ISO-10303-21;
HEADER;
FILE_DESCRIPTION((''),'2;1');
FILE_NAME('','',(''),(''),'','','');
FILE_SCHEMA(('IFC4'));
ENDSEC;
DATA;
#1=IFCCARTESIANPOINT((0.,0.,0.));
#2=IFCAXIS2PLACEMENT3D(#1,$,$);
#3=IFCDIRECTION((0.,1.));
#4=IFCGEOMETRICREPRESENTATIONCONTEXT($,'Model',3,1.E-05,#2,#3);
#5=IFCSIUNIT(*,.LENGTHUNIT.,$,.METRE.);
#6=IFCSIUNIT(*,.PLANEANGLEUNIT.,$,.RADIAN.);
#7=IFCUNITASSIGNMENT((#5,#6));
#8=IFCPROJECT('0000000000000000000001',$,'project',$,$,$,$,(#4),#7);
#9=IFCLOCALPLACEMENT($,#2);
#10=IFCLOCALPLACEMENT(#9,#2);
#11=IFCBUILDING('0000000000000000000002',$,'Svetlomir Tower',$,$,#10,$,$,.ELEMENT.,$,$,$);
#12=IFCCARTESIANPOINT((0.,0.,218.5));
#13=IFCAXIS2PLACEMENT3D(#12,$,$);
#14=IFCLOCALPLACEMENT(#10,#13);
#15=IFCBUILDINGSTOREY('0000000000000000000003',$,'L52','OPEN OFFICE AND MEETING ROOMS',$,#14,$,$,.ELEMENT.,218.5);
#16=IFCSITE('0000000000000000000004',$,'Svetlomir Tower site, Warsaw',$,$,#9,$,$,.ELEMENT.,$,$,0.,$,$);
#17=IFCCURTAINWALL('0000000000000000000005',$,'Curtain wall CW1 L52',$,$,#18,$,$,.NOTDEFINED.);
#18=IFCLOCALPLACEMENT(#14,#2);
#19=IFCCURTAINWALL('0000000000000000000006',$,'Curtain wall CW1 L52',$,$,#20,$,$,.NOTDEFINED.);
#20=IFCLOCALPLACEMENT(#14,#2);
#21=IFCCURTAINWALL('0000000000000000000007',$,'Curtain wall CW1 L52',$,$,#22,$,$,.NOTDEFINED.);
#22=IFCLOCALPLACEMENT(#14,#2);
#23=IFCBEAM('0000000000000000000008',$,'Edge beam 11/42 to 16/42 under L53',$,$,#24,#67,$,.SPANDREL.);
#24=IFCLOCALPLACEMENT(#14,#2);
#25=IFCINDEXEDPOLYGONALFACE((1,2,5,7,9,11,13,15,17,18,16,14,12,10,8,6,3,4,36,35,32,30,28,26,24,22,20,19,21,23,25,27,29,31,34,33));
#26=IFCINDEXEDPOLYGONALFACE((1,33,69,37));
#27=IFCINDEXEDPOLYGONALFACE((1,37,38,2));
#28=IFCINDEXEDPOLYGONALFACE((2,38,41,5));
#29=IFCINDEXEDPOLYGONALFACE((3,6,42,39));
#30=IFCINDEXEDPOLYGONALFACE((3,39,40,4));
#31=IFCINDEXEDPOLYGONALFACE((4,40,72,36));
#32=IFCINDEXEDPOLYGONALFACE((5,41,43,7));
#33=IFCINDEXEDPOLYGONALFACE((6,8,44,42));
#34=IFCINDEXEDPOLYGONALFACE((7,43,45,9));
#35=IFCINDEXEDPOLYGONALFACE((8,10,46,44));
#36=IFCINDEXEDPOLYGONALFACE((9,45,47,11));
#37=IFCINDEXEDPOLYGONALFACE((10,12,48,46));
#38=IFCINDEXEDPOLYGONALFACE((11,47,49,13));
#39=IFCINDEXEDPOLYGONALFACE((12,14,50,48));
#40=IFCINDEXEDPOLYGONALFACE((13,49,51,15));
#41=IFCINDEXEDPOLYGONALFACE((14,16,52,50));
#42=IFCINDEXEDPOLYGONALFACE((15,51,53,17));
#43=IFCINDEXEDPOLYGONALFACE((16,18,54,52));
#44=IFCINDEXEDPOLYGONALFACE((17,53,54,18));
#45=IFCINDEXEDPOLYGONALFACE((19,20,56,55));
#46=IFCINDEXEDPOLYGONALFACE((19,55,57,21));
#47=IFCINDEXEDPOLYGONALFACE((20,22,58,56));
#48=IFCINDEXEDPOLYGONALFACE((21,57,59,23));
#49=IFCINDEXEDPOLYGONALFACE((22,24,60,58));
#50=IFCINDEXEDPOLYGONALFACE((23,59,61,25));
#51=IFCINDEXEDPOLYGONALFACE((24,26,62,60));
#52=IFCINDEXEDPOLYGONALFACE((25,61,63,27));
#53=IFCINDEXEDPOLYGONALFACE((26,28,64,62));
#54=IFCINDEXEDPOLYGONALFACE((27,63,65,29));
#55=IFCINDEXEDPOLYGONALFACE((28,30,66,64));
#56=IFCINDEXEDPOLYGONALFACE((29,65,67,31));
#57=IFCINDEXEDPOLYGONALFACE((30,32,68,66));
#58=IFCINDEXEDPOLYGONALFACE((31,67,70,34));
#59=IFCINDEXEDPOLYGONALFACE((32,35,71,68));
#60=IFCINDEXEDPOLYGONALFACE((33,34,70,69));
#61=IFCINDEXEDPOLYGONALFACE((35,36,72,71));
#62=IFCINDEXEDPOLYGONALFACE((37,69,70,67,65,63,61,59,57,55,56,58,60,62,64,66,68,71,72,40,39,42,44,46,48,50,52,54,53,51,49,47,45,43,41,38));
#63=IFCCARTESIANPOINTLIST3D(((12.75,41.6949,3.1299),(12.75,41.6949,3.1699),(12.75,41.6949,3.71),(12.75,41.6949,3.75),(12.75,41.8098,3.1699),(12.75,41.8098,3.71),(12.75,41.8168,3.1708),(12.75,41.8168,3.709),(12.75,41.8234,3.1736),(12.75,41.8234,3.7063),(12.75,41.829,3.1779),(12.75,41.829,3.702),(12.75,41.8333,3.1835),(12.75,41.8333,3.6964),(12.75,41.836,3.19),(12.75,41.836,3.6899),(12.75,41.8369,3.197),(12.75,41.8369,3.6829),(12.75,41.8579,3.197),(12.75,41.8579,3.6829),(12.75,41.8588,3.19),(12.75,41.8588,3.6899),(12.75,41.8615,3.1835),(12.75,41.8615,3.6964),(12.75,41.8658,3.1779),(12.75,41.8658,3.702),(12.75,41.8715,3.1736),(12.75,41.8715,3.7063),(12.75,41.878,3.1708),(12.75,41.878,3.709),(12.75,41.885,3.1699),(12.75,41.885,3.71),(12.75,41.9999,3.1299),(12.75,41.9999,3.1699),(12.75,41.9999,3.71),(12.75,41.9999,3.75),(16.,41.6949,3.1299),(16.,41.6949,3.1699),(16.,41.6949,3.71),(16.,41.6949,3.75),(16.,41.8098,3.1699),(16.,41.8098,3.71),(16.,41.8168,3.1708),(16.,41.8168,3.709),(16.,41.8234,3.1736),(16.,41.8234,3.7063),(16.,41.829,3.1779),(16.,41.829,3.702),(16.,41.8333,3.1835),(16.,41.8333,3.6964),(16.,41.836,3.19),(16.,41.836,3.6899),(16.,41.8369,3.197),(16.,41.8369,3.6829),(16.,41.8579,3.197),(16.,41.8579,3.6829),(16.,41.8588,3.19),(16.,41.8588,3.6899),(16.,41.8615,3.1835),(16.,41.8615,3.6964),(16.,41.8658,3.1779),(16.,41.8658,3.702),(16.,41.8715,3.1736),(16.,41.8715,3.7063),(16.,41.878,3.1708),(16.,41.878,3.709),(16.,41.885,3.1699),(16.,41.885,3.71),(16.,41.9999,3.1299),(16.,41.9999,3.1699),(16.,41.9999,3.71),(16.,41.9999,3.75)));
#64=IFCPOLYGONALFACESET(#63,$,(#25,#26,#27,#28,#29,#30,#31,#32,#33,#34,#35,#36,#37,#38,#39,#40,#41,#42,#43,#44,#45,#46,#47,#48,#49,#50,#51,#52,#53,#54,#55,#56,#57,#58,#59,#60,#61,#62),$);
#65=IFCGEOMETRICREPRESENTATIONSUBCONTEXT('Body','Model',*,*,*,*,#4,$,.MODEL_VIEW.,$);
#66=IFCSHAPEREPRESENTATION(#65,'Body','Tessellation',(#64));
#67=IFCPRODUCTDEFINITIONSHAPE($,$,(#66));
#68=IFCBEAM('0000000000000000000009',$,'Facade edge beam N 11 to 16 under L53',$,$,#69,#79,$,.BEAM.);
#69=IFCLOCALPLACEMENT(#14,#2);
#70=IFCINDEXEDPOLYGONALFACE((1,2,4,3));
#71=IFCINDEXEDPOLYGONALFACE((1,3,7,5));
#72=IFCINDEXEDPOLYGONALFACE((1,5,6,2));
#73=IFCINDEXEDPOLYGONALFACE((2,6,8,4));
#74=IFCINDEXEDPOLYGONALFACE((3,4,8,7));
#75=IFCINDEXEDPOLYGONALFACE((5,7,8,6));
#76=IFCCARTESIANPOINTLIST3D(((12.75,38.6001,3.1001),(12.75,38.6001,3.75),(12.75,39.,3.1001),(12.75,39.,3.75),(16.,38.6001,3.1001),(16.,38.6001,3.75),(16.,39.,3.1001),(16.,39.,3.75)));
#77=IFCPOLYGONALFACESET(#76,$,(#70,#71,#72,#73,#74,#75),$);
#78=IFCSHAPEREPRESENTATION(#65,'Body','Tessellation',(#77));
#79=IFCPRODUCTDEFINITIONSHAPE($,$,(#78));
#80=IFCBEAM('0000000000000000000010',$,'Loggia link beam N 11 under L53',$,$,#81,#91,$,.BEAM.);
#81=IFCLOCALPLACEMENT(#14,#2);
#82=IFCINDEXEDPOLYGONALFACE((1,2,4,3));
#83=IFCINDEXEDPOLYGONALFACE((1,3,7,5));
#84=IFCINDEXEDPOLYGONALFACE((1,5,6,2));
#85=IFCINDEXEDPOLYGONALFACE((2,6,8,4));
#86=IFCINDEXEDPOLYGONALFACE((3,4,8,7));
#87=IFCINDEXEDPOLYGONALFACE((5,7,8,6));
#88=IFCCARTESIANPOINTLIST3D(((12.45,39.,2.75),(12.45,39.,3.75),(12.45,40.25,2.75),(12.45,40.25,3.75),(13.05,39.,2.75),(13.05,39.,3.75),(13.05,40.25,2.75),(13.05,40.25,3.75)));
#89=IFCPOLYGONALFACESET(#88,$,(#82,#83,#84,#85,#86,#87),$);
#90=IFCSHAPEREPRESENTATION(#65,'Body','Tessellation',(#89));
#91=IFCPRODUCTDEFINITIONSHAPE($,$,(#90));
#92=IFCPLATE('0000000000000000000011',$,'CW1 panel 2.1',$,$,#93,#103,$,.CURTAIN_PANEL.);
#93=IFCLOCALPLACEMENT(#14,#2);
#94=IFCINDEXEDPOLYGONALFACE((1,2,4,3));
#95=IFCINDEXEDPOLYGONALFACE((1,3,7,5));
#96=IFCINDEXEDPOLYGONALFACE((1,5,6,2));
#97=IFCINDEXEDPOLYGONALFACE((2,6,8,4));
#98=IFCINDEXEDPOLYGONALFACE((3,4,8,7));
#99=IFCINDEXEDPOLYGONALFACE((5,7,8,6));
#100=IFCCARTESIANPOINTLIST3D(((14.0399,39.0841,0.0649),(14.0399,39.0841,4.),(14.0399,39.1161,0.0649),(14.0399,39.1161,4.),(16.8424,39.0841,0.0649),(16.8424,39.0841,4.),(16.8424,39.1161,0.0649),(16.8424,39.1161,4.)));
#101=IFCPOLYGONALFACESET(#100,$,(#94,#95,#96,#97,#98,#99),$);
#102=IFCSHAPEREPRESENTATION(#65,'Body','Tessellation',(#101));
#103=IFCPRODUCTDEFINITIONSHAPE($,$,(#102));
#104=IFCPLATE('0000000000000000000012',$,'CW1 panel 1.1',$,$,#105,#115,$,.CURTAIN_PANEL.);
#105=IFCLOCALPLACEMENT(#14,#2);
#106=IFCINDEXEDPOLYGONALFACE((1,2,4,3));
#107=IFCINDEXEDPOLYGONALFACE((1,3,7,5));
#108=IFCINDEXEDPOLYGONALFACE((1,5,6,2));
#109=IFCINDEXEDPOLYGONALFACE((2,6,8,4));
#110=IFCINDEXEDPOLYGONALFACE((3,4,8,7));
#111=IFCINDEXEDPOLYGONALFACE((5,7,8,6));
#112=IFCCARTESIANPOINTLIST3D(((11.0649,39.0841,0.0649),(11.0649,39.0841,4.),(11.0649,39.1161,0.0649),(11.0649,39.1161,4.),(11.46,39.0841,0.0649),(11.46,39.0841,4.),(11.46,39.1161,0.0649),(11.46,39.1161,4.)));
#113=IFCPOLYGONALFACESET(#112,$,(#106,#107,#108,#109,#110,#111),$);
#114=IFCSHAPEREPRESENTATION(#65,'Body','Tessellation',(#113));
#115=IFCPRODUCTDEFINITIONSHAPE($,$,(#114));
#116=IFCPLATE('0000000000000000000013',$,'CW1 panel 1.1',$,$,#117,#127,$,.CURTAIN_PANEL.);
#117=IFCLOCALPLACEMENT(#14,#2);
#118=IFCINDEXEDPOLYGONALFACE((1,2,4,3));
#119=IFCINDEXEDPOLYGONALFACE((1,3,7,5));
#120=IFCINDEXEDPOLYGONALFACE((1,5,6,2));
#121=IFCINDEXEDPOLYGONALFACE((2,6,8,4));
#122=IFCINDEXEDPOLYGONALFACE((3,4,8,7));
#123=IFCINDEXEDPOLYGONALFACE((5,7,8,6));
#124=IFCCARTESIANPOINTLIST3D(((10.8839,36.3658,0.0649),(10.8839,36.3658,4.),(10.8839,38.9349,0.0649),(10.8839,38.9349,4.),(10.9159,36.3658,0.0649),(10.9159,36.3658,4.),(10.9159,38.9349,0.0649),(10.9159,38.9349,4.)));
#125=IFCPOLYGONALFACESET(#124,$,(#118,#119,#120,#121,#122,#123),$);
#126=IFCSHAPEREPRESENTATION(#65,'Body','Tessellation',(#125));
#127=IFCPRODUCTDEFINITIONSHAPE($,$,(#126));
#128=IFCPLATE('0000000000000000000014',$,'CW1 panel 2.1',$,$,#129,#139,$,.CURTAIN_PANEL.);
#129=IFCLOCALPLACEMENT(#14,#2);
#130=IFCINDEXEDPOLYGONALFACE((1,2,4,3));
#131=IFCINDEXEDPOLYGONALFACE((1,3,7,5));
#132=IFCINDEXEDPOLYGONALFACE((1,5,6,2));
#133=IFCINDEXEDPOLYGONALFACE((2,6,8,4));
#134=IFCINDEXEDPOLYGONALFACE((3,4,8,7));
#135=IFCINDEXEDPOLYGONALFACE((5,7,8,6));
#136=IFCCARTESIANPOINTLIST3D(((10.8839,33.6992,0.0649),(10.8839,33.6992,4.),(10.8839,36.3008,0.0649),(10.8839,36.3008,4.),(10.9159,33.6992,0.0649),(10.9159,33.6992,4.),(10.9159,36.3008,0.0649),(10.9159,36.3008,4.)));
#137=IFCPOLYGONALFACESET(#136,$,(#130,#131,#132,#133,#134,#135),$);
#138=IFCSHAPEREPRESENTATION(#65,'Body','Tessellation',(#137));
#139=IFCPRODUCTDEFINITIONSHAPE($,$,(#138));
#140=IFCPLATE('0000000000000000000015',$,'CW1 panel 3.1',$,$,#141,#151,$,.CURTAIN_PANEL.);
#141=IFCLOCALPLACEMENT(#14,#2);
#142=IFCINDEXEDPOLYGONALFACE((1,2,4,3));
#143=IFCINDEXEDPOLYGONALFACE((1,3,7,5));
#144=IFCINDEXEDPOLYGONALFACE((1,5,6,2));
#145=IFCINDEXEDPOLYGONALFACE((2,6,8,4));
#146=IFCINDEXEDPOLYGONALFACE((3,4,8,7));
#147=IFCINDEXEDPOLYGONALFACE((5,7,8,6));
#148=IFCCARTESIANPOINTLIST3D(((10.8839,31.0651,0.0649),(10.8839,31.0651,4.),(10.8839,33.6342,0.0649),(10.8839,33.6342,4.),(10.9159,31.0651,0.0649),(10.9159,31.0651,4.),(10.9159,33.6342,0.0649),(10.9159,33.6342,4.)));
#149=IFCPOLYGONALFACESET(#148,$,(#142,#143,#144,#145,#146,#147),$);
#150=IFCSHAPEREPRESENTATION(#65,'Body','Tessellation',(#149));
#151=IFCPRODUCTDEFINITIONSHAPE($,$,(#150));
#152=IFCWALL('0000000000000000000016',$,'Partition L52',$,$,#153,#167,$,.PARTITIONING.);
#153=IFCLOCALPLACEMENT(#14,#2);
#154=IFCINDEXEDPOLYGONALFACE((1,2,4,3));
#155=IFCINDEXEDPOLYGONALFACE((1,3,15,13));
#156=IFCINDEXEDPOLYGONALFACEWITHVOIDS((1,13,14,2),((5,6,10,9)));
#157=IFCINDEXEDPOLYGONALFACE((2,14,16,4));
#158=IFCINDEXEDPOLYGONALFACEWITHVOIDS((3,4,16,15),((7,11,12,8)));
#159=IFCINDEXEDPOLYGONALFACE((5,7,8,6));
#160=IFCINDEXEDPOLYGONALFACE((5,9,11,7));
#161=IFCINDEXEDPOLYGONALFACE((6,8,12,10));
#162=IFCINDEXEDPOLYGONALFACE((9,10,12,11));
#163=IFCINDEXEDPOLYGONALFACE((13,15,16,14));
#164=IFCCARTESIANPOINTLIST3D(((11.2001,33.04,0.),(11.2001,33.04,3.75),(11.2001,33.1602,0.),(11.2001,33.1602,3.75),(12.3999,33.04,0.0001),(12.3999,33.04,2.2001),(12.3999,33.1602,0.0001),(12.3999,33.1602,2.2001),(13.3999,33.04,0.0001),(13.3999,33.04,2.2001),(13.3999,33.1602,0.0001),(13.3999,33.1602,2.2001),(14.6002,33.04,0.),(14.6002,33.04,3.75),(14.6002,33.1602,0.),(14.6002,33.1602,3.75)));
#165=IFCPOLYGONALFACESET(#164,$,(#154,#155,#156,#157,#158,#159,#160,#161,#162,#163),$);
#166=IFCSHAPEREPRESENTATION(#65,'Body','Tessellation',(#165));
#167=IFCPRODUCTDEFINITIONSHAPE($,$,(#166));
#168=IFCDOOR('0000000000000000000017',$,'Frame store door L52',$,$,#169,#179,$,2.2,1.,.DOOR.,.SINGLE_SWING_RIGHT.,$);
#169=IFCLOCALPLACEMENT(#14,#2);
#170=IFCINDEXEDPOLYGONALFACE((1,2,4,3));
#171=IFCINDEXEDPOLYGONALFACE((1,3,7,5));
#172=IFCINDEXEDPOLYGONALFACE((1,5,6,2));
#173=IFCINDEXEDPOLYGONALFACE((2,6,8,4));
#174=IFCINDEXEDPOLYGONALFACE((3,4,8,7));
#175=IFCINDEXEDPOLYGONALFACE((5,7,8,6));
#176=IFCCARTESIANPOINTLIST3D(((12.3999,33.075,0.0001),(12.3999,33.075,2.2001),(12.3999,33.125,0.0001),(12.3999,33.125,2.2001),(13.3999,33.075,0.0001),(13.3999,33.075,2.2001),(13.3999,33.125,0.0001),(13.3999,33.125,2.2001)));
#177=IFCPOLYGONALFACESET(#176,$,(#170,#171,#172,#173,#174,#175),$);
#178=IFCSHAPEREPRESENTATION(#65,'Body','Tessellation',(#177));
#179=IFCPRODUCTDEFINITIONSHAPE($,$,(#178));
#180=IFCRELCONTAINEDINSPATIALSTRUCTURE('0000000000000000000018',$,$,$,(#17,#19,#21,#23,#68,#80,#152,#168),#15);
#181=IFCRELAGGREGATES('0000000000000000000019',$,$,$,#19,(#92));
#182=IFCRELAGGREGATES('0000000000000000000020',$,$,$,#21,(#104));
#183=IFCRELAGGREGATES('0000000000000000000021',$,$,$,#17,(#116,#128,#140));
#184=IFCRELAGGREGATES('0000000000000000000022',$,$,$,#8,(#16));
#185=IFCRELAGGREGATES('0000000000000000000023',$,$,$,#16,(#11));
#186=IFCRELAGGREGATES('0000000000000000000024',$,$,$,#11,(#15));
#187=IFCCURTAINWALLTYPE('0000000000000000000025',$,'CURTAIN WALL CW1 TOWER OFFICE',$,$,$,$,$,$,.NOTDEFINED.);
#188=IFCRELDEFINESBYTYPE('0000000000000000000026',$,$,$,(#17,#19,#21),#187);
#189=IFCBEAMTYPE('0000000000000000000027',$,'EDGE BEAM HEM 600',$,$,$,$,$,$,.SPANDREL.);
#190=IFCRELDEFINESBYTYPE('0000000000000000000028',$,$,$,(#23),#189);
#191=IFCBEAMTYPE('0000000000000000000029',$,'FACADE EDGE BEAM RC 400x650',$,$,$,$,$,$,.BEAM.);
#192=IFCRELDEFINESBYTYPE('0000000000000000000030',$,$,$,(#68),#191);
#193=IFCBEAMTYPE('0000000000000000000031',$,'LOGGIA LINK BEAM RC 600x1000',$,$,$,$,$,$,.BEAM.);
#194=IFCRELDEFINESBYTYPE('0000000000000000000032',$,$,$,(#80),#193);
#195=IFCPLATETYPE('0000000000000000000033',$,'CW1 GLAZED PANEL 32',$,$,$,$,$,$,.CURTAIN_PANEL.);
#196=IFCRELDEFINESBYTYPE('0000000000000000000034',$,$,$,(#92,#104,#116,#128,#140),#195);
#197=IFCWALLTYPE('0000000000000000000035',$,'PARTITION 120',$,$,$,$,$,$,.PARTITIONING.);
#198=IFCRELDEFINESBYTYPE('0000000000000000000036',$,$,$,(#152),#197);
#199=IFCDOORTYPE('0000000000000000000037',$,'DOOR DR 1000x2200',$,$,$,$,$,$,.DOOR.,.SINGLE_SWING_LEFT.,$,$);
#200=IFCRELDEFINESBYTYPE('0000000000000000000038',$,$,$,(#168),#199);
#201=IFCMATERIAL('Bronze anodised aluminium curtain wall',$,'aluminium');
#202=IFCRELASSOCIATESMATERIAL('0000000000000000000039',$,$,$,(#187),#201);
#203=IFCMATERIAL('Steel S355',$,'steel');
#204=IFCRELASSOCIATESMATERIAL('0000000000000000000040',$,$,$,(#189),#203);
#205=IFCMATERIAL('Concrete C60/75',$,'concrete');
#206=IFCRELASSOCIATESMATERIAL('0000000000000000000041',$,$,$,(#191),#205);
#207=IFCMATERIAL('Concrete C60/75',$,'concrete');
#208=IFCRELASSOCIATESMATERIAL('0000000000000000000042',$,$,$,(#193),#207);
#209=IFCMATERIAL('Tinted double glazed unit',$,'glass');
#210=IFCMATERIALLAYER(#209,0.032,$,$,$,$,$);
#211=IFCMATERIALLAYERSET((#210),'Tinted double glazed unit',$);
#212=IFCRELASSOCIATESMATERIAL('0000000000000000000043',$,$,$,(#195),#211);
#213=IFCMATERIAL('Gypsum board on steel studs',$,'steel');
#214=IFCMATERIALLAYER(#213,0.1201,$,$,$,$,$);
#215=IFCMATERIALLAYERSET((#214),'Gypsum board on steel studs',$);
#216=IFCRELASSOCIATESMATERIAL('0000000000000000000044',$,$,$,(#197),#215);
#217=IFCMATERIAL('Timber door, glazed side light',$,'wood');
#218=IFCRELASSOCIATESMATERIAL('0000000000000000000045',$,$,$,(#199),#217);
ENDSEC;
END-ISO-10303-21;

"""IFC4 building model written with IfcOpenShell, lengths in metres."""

from ifc_helpers import new_model, si_unit, direction, frame, frame_2d, origin, origin_2d, place, context, subcontext, project, spatial, rectangle, i_section, extrude, material, layer, layer_set, material_profile, profile_set, type_object, element, fill, aggregate, save


model = new_model("IFC4")

# Units and contexts
model_context = context("Model", 3, precision=1e-05, world=origin(), true_north=direction((0.0, 1.0)))
body_context = subcontext(model_context, "Body", "Model", "MODEL_VIEW")
ifc_project = project(units=[si_unit("LENGTHUNIT", "METRE"), si_unit("PLANEANGLEUNIT", "RADIAN")], contexts=[model_context])

# Site, building, storey
site_placement = place(None, origin())
site = spatial("IfcSite", under=ifc_project, at=site_placement, Name="Svetlomir Tower site, Warsaw", CompositionType="ELEMENT", RefElevation=0.0)
building_placement = place(site_placement, origin())
building = spatial("IfcBuilding", under=site, at=building_placement, Name="Svetlomir Tower", CompositionType="ELEMENT")
storey_placement = place(building_placement, frame((0.0, 0.0, 218.5)))
storey = spatial("IfcBuildingStorey", under=building, at=storey_placement, Name="L52", Description="OPEN OFFICE AND MEETING ROOMS", CompositionType="ELEMENT", Elevation=218.5)

# Curtain walls
ifc_material_1 = material(Name="Bronze anodised aluminium curtain wall", Category="aluminium")
curtain_wall_type = type_object("IfcCurtainWallType", Name="CURTAIN WALL CW1 TOWER OFFICE", PredefinedType="NOTDEFINED", material=ifc_material_1)
curtain_wall_1_placement = place(storey_placement, origin())
curtain_wall_1 = element("IfcCurtainWall", 1, at=curtain_wall_1_placement, inside=storey, type_object=curtain_wall_type, Name="Curtain wall CW1 L52", PredefinedType="NOTDEFINED")
curtain_wall_2_placement = place(storey_placement, origin())
curtain_wall_2 = element("IfcCurtainWall", 2, at=curtain_wall_2_placement, inside=storey, type_object=curtain_wall_type, Name="Curtain wall CW1 L52", PredefinedType="NOTDEFINED")

# Curtain wall
curtain_wall_3_placement = place(storey_placement, origin())
curtain_wall_3 = element("IfcCurtainWall", 3, at=curtain_wall_3_placement, inside=storey, type_object=curtain_wall_type, Name="Curtain wall CW1 L52", PredefinedType="NOTDEFINED")

# Beams
ifc_material_2 = material(Name="Steel S355", Category="steel")
ifc_material_profile_1 = material_profile(ifc_material_2, i_section(OverallWidth=0.3049, OverallDepth=0.6201, WebThickness=0.021, FlangeThickness=0.04, FilletRadius=0.0271, at=origin_2d()), Name="HEM 600")
ifc_profile_set_1 = profile_set([ifc_material_profile_1], Name="Steel S355")
beam_type_1 = type_object("IfcBeamType", Name="EDGE BEAM HEM 600", PredefinedType="SPANDREL", material=ifc_profile_set_1)
beam_1_placement = place(storey_placement, frame((12.75, 41.8474, 3.4399), z_axis=(1.0, 0.0, 0.0), x_axis=(0.0, 1.0, 0.0)))
element("IfcBeam", 4, at=beam_1_placement, inside=storey, type_object=beam_type_1, Name="Edge beam 11/42 to 16/42 under L53", PredefinedType="SPANDREL", context=body_context, shape_type="SweptSolid", body=[
    extrude(i_section(OverallWidth=0.3049, OverallDepth=0.6201, WebThickness=0.021, FlangeThickness=0.04, FilletRadius=0.0271, at=origin_2d()), origin(), (0.0, 0.0, 1.0), 3.25),
])
ifc_material_3 = material(Name="Concrete C60/75", Category="concrete")
ifc_material_profile_2 = material_profile(ifc_material_3, rectangle(XDim=0.3999, YDim=0.6499, at=origin_2d()), Name="RC 400x650")
ifc_profile_set_2 = profile_set([ifc_material_profile_2], Name="Concrete C60/75")
beam_type_2 = type_object("IfcBeamType", Name="FACADE EDGE BEAM RC 400x650", PredefinedType="BEAM", material=ifc_profile_set_2)
beam_2_placement = place(storey_placement, frame((12.75, 38.8, 3.425), z_axis=(1.0, 0.0, 0.0), x_axis=(0.0, 1.0, 0.0)))
element("IfcBeam", 5, at=beam_2_placement, inside=storey, type_object=beam_type_2, Name="Facade edge beam N 11 to 16 under L53", PredefinedType="BEAM", context=body_context, shape_type="SweptSolid", body=[
    extrude(rectangle(XDim=0.3999, YDim=0.6499, at=origin_2d()), origin(), (0.0, 0.0, 1.0), 3.25),
])
ifc_material_4 = material(Name="Concrete C60/75", Category="concrete")
ifc_material_profile_3 = material_profile(ifc_material_4, rectangle(XDim=0.6001, YDim=1.0, at=origin_2d()), Name="RC 600x1000")
ifc_profile_set_3 = profile_set([ifc_material_profile_3], Name="Concrete C60/75")
beam_type_3 = type_object("IfcBeamType", Name="LOGGIA LINK BEAM RC 600x1000", PredefinedType="BEAM", material=ifc_profile_set_3)
beam_3_placement = place(storey_placement, frame((12.75, 40.25, 3.25), z_axis=(0.0, -1.0, 0.0), x_axis=(1.0, 0.0, 0.0)))
element("IfcBeam", 6, at=beam_3_placement, inside=storey, type_object=beam_type_3, Name="Loggia link beam N 11 under L53", PredefinedType="BEAM", context=body_context, shape_type="SweptSolid", body=[
    extrude(rectangle(XDim=0.6001, YDim=1.0, at=origin_2d()), origin(), (0.0, 0.0, 1.0), 1.25),
])

# Plates
ifc_material_5 = material(Name="Tinted double glazed unit", Category="glass")
ifc_layer_1 = layer(ifc_material_5, 0.032)
ifc_layer_set_1 = layer_set([ifc_layer_1], Name="Tinted double glazed unit")
plate_type = type_object("IfcPlateType", Name="CW1 GLAZED PANEL 32", PredefinedType="CURTAIN_PANEL", material=ifc_layer_set_1)
plate_1_placement = place(storey_placement, frame((15.4412, 39.1001, 0.0649), z_axis=(0.0, 0.0, 1.0), x_axis=(-1.0, 0.0, 0.0)))
plate_1 = element("IfcPlate", 7, at=plate_1_placement, type_object=plate_type, Name="CW1 panel 2.1", PredefinedType="CURTAIN_PANEL", context=body_context, shape_type="SweptSolid", body=[
    extrude(rectangle(XDim=2.8025, YDim=0.032, at=origin_2d()), origin(), (0.0, 0.0, 1.0), 3.9351),
])
aggregate(curtain_wall_2, [plate_1])
plate_2_placement = place(storey_placement, frame((11.2625, 39.1001, 0.0649), z_axis=(0.0, 0.0, 1.0), x_axis=(-1.0, 0.0, 0.0)))
plate_2 = element("IfcPlate", 8, at=plate_2_placement, type_object=plate_type, Name="CW1 panel 1.1", PredefinedType="CURTAIN_PANEL", context=body_context, shape_type="SweptSolid", body=[
    extrude(rectangle(XDim=0.395, YDim=0.032, at=origin_2d()), origin(), (0.0, 0.0, 1.0), 3.9351),
])
aggregate(curtain_wall_3, [plate_2])
plate_3_placement = place(storey_placement, frame((10.8999, 37.6504, 0.0649), z_axis=(0.0, 0.0, 1.0), x_axis=(0.0, -1.0, 0.0)))
plate_3 = element("IfcPlate", 9, at=plate_3_placement, type_object=plate_type, Name="CW1 panel 1.1", PredefinedType="CURTAIN_PANEL", context=body_context, shape_type="SweptSolid", body=[
    extrude(rectangle(XDim=2.5691, YDim=0.032, at=origin_2d()), origin(), (0.0, 0.0, 1.0), 3.9351),
])
plate_4_placement = place(storey_placement, frame((10.8999, 35.0, 0.0649), z_axis=(0.0, 0.0, 1.0), x_axis=(0.0, -1.0, 0.0)))
plate_4 = element("IfcPlate", 10, at=plate_4_placement, type_object=plate_type, Name="CW1 panel 2.1", PredefinedType="CURTAIN_PANEL", context=body_context, shape_type="SweptSolid", body=[
    extrude(rectangle(XDim=2.6016, YDim=0.032, at=origin_2d()), origin(), (0.0, 0.0, 1.0), 3.9351),
])
plate_5_placement = place(storey_placement, frame((10.8999, 32.3496, 0.0649), z_axis=(0.0, 0.0, 1.0), x_axis=(0.0, -1.0, 0.0)))
plate_5 = element("IfcPlate", 11, at=plate_5_placement, type_object=plate_type, Name="CW1 panel 3.1", PredefinedType="CURTAIN_PANEL", context=body_context, shape_type="SweptSolid", body=[
    extrude(rectangle(XDim=2.5691, YDim=0.032, at=origin_2d()), origin(), (0.0, 0.0, 1.0), 3.9351),
])
aggregate(curtain_wall_1, [plate_3, plate_4, plate_5])

# Wall, opening, door
ifc_material_6 = material(Name="Gypsum board on steel studs", Category="steel")
ifc_layer_2 = layer(ifc_material_6, 0.1201)
ifc_layer_set_2 = layer_set([ifc_layer_2], Name="Gypsum board on steel studs")
wall_type = type_object("IfcWallType", Name="PARTITION 120", PredefinedType="PARTITIONING", material=ifc_layer_set_2)
wall_1_placement = place(storey_placement, frame((11.2, 33.1001, 0.0), z_axis=(0.0, 0.0, 1.0), x_axis=(1.0, 0.0, 0.0)))
wall_1 = element("IfcWall", 12, at=wall_1_placement, inside=storey, type_object=wall_type, Name="Partition L52", PredefinedType="PARTITIONING", context=body_context, shape_type="SweptSolid", body=[
    extrude(rectangle(XDim=3.4001, YDim=0.1201, at=frame_2d((1.7002, 0.0))), origin(), (0.0, 0.0, 1.0), 3.75),
])
opening_1_placement = place(wall_1_placement, frame((1.2, 0.0, 0.0)))
opening_1 = element("IfcOpeningElement", 13, at=opening_1_placement, cuts=wall_1, PredefinedType="OPENING", context=body_context, shape_type="SweptSolid", body=[
    extrude(rectangle(XDim=1.0, YDim=2.2, at=frame_2d((0.5, 1.1001))), frame((0.0, 0.0701, 0.0), z_axis=(0.0, -1.0, 0.0), x_axis=(1.0, 0.0, 0.0)), (0.0, 0.0, 1.0), 0.1401),
])
ifc_material_7 = material(Name="Timber door, glazed side light", Category="wood")
door_type = type_object("IfcDoorType", Name="DOOR DR 1000x2200", OperationType="SINGLE_SWING_LEFT", PredefinedType="DOOR", material=ifc_material_7)
door_1_placement = place(opening_1_placement, origin())
door_1 = element("IfcDoor", 14, at=door_1_placement, inside=storey, type_object=door_type, Name="Frame store door L52", OperationType="SINGLE_SWING_RIGHT", OverallHeight=2.2, OverallWidth=1.0, PredefinedType="DOOR", context=body_context, shape_type="SweptSolid", body=[
    extrude(rectangle(XDim=1.0, YDim=2.2, at=frame_2d((0.5, 1.1001))), frame((0.0, 0.0249, 0.0), z_axis=(0.0, -1.0, 0.0), x_axis=(1.0, 0.0, 0.0)), (0.0, 0.0, 1.0), 0.05),
])
fill(opening_1, door_1)

save(model, "model.ifc")
